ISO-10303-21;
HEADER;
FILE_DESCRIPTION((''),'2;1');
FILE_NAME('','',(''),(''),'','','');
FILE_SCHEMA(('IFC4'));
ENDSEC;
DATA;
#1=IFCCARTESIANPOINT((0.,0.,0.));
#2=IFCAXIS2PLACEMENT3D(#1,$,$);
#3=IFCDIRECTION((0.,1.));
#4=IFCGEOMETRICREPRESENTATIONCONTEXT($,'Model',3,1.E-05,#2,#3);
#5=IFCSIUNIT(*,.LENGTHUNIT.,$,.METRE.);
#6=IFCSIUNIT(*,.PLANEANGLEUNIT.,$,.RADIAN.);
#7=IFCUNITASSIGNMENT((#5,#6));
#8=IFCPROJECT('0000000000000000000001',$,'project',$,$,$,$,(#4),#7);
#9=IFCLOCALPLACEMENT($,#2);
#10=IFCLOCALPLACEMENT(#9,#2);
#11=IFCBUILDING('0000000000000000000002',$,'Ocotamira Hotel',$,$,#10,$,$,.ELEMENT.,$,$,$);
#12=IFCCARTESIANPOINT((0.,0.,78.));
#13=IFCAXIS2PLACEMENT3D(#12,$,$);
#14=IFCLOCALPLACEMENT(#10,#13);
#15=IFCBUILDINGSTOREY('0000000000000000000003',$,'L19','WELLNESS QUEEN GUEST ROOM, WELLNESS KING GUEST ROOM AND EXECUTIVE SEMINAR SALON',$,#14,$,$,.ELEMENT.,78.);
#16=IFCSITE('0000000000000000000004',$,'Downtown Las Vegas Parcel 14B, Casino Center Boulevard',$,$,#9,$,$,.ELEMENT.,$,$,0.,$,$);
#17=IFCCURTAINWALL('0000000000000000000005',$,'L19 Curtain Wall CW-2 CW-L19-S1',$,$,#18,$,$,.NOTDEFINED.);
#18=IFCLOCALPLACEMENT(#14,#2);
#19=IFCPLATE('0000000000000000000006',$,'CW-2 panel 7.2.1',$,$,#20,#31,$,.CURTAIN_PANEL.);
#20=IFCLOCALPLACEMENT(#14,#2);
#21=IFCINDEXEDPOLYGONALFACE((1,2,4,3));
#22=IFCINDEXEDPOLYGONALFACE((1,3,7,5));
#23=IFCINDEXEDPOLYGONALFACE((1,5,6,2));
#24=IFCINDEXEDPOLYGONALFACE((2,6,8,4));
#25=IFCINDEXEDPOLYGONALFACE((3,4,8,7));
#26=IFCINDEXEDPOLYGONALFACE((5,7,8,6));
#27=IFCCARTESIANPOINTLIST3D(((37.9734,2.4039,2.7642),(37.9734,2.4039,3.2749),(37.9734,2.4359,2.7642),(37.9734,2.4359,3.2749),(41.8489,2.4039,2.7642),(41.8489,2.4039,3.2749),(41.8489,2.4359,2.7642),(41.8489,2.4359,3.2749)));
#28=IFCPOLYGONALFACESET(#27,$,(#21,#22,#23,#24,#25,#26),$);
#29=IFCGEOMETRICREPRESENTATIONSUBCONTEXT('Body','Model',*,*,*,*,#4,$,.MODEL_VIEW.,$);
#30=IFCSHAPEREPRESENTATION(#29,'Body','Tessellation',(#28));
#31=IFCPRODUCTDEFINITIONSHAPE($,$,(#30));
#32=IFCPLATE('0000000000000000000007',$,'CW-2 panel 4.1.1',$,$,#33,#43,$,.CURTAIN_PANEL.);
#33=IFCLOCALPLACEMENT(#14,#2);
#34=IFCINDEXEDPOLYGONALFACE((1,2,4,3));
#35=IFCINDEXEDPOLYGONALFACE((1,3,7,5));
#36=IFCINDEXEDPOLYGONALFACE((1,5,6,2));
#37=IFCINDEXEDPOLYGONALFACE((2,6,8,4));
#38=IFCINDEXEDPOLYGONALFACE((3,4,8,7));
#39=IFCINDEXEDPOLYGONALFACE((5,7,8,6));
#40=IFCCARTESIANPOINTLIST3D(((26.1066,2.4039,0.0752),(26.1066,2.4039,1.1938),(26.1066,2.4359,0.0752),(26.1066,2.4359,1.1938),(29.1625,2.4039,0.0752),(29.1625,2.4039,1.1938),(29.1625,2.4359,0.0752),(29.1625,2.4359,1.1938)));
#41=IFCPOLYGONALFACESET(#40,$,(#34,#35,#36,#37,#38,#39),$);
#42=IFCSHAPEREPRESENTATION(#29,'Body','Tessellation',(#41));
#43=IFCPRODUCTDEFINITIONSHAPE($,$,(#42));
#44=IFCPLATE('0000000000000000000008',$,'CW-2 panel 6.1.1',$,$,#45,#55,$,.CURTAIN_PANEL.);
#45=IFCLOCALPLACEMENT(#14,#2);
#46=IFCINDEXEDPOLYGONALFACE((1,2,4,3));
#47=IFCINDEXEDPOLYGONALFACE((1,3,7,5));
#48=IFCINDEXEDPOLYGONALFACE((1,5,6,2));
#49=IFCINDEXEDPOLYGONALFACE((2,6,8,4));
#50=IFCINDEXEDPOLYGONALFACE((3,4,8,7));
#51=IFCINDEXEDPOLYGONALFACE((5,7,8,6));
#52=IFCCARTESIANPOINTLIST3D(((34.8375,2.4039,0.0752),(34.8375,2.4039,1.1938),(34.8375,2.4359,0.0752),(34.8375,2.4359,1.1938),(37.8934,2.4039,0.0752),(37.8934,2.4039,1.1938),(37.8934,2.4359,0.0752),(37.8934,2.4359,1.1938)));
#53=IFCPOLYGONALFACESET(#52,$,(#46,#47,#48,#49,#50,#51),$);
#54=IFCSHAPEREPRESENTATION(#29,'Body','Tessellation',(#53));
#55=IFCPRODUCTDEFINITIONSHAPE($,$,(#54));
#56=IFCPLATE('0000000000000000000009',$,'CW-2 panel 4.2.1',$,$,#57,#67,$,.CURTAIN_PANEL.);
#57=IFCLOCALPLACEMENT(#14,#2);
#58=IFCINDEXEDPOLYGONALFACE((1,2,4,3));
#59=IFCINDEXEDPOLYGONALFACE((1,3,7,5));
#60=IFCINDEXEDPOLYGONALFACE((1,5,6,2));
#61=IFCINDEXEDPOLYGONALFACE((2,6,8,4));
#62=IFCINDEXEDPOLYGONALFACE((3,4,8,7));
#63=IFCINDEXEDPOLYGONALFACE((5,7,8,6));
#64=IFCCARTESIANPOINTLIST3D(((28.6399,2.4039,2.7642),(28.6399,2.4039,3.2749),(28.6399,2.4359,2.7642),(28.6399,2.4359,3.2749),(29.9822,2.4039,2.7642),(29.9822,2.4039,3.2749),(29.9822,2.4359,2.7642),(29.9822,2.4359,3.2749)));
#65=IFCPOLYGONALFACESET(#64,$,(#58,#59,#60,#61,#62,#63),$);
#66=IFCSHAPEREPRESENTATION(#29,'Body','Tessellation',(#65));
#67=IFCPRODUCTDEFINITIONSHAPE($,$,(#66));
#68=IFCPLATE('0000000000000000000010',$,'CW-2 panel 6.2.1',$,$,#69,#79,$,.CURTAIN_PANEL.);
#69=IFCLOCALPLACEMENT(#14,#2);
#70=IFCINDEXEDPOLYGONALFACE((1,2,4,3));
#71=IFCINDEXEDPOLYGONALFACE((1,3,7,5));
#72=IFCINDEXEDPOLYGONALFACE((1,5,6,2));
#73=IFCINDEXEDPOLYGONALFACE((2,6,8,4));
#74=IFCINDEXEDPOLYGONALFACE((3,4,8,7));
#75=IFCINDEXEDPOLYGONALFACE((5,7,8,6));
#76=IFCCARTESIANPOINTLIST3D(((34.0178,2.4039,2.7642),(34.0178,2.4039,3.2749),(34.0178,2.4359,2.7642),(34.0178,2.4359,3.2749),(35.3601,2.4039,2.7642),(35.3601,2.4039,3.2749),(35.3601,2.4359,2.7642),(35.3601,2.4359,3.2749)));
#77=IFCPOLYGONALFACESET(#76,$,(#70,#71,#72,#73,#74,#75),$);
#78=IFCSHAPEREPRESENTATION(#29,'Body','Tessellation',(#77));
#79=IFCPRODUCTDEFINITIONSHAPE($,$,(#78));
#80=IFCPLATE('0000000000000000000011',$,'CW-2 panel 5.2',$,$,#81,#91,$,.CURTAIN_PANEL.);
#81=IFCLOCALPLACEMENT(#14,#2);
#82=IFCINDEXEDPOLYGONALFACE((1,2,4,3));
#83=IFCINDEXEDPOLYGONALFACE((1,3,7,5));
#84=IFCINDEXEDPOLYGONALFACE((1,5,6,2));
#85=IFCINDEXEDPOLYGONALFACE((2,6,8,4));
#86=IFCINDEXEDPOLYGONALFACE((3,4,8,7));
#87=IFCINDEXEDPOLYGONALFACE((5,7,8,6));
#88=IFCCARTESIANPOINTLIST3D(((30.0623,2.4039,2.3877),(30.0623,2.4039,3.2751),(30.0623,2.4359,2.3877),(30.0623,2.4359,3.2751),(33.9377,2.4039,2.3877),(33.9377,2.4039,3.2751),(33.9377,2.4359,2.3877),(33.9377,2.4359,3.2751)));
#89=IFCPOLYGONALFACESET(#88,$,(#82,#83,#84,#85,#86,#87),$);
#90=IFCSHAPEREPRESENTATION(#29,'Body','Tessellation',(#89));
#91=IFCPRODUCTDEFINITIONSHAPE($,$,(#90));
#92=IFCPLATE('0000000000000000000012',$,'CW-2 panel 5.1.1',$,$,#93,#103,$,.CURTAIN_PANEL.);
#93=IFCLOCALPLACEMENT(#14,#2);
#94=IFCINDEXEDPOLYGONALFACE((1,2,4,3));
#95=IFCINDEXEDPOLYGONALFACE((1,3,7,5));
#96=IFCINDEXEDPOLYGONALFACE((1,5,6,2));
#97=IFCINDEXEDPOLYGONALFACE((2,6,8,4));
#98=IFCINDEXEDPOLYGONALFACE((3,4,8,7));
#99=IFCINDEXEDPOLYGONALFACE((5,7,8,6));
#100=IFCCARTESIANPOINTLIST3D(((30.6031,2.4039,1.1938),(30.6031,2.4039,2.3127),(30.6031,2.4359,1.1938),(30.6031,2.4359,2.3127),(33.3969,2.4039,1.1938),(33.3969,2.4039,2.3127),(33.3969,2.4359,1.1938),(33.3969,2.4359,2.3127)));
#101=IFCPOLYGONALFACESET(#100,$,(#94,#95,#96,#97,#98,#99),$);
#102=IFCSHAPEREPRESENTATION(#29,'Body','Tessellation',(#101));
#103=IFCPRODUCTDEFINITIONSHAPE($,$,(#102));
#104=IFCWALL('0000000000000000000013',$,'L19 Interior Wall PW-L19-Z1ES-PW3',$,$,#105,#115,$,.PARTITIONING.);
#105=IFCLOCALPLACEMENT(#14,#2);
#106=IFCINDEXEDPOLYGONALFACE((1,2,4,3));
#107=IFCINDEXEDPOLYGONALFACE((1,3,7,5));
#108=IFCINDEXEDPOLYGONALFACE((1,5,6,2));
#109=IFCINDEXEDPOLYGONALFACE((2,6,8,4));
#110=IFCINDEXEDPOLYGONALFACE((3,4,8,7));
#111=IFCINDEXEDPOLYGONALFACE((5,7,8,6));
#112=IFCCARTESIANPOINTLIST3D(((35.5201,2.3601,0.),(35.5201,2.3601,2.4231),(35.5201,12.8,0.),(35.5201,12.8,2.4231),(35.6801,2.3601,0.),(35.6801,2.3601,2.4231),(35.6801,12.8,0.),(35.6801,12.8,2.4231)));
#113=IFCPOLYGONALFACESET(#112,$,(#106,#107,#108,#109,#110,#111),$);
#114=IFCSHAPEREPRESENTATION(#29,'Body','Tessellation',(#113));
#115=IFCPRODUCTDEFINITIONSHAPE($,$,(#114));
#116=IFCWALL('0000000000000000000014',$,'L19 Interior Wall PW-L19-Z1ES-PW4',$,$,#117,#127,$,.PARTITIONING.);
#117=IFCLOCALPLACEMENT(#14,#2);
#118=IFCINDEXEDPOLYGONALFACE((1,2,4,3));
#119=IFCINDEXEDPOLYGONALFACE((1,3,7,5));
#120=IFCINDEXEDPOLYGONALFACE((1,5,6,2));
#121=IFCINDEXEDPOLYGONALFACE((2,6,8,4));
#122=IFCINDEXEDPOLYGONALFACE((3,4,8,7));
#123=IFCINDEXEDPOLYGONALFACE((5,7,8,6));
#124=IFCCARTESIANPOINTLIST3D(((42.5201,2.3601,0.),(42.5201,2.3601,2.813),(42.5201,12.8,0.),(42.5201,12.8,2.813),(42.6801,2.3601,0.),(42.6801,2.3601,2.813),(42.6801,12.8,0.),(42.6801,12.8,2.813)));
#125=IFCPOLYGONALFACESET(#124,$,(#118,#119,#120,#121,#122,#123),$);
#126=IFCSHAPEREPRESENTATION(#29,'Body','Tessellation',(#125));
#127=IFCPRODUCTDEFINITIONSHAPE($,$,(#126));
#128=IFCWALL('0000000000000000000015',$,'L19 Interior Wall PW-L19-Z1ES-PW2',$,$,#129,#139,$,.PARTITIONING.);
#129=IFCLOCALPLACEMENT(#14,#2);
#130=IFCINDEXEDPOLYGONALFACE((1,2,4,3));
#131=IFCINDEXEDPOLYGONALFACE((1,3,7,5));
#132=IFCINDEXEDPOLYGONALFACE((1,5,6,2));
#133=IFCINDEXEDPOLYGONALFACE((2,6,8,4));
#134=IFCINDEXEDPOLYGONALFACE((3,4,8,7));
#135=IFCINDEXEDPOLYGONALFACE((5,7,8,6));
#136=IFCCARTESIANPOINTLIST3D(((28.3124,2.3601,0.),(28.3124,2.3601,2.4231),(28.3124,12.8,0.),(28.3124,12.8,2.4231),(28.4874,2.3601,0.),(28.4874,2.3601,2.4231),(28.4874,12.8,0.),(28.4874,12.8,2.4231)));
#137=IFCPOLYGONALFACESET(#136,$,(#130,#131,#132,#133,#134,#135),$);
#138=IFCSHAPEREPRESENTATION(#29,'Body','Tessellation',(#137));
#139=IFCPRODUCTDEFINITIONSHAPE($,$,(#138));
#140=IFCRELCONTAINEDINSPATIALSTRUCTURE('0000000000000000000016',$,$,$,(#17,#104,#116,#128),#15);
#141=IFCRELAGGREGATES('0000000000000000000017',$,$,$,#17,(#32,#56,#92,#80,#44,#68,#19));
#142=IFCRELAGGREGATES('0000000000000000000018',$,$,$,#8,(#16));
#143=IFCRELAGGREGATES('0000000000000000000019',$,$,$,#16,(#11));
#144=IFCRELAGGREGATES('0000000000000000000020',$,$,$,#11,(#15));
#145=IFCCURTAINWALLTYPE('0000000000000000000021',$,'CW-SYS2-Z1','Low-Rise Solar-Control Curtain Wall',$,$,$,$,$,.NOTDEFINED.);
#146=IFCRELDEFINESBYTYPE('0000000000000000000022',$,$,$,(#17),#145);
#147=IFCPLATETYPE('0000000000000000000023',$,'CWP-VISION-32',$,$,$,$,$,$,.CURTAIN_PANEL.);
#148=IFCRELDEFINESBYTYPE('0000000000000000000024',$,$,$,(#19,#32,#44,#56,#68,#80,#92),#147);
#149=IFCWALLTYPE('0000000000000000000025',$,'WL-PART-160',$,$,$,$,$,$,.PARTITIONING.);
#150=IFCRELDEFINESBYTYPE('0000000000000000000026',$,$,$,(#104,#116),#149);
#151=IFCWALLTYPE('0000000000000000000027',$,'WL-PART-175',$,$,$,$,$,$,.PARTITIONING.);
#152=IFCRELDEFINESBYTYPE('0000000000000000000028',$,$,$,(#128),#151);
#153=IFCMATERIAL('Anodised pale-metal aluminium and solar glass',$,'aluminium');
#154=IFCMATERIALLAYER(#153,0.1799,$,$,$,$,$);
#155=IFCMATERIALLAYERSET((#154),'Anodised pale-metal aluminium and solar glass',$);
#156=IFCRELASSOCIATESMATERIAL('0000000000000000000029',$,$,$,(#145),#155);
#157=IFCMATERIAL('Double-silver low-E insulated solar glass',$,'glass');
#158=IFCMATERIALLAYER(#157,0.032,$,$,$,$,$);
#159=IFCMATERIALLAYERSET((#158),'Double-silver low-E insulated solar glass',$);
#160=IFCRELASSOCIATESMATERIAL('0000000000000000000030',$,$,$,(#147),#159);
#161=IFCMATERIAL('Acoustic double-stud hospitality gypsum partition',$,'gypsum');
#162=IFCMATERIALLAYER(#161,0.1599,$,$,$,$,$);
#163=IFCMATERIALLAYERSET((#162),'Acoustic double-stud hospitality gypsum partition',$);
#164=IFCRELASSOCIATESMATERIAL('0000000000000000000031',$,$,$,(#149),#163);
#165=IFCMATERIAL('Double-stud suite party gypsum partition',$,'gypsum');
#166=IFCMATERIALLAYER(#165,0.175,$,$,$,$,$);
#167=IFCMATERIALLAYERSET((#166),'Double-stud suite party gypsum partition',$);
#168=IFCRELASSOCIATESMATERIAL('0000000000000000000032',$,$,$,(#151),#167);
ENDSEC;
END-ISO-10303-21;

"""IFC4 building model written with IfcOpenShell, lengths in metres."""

from ifc_helpers import new_model, si_unit, direction, frame, frame_2d, origin, origin_2d, place, context, subcontext, project, spatial, rectangle, extrude, source, transform, mapped, material, layer, layer_set, type_object, element, aggregate, save


model = new_model("IFC4")

# Units and contexts
model_context = context("Model", 3, precision=1e-05, world=origin(), true_north=direction((0.0, 1.0)))
body_context = subcontext(model_context, "Body", "Model", "MODEL_VIEW")
ifc_project = project(units=[si_unit("LENGTHUNIT", "METRE"), si_unit("PLANEANGLEUNIT", "RADIAN")], contexts=[model_context])

# Site, building, storey
site_placement = place(None, origin())
site = spatial("IfcSite", under=ifc_project, at=site_placement, Name="Downtown Las Vegas Parcel 14B, Casino Center Boulevard", CompositionType="ELEMENT", RefElevation=0.0)
building_placement = place(site_placement, origin())
building = spatial("IfcBuilding", under=site, at=building_placement, Name="Ocotamira Hotel", CompositionType="ELEMENT")
storey_placement = place(building_placement, frame((0.0, 0.0, 78.0)))
storey = spatial("IfcBuildingStorey", under=building, at=storey_placement, Name="L19", Description="WELLNESS QUEEN GUEST ROOM, WELLNESS KING GUEST ROOM AND EXECUTIVE SEMINAR SALON", CompositionType="ELEMENT", Elevation=78.0)

# Curtain wall
ifc_material_1 = material(Name="Anodised pale-metal aluminium and solar glass", Category="aluminium")
ifc_layer_1 = layer(ifc_material_1, 0.1799)
ifc_layer_set_1 = layer_set([ifc_layer_1], Name="Anodised pale-metal aluminium and solar glass")
curtain_wall_type = type_object("IfcCurtainWallType", Name="CW-SYS2-Z1", Description="Low-Rise Solar-Control Curtain Wall", PredefinedType="NOTDEFINED", material=ifc_layer_set_1)
curtain_wall_placement = place(storey_placement, origin())
curtain_wall = element("IfcCurtainWall", 1, at=curtain_wall_placement, inside=storey, type_object=curtain_wall_type, Name="L19 Curtain Wall CW-2 CW-L19-S1", PredefinedType="NOTDEFINED")

# Plates
ifc_material_2 = material(Name="Double-silver low-E insulated solar glass", Category="glass")
ifc_layer_2 = layer(ifc_material_2, 0.032)
ifc_layer_set_2 = layer_set([ifc_layer_2], Name="Double-silver low-E insulated solar glass")
plate_type_1 = type_object("IfcPlateType", Name="CWP-VISION-32", PredefinedType="CURTAIN_PANEL", material=ifc_layer_set_2)
shared_shape_1 = source(origin(), body_context, "Body", "SweptSolid", [
    extrude(rectangle(XDim=3.8755, YDim=0.032, at=origin_2d()), origin(), (0.0, 0.0, 1.0), 0.5107),
])
plate_1_placement = place(storey_placement, frame((39.9111, 2.4199, 2.7642), z_axis=(0.0, 0.0, 1.0), x_axis=(1.0, 0.0, 0.0)))
plate_1 = element("IfcPlate", 2, at=plate_1_placement, type_object=plate_type_1, Name="CW-2 panel 7.2.1", PredefinedType="CURTAIN_PANEL", context=body_context, shape_type="MappedRepresentation", body=[
    mapped(shared_shape_1, transform((0.0, 0.0, 0.0), scale=1.0)),
])
shared_shape_2 = source(origin(), body_context, "Body", "SweptSolid", [
    extrude(rectangle(XDim=3.0559, YDim=0.032, at=origin_2d()), origin(), (0.0, 0.0, 1.0), 1.1187),
])
plate_2_placement = place(storey_placement, frame((27.6345, 2.4199, 0.0752), z_axis=(0.0, 0.0, 1.0), x_axis=(1.0, 0.0, 0.0)))
plate_2 = element("IfcPlate", 3, at=plate_2_placement, type_object=plate_type_1, Name="CW-2 panel 4.1.1", PredefinedType="CURTAIN_PANEL", context=body_context, shape_type="MappedRepresentation", body=[
    mapped(shared_shape_2, transform((0.0, 0.0, 0.0), scale=1.0)),
])
plate_3_placement = place(storey_placement, frame((36.3655, 2.4199, 0.0752), z_axis=(0.0, 0.0, 1.0), x_axis=(1.0, 0.0, 0.0)))
plate_3 = element("IfcPlate", 4, at=plate_3_placement, type_object=plate_type_1, Name="CW-2 panel 6.1.1", PredefinedType="CURTAIN_PANEL", context=body_context, shape_type="MappedRepresentation", body=[
    mapped(shared_shape_2, transform((0.0, 0.0, 0.0), scale=1.0)),
])
shared_shape_3 = source(origin(), body_context, "Body", "SweptSolid", [
    extrude(rectangle(XDim=1.3423, YDim=0.032, at=origin_2d()), origin(), (0.0, 0.0, 1.0), 0.5107),
])
plate_4_placement = place(storey_placement, frame((29.311, 2.4199, 2.7642), z_axis=(0.0, 0.0, 1.0), x_axis=(1.0, 0.0, 0.0)))
plate_4 = element("IfcPlate", 5, at=plate_4_placement, type_object=plate_type_1, Name="CW-2 panel 4.2.1", PredefinedType="CURTAIN_PANEL", context=body_context, shape_type="MappedRepresentation", body=[
    mapped(shared_shape_3, transform((0.0, 0.0, 0.0), scale=1.0)),
])
plate_5_placement = place(storey_placement, frame((34.689, 2.4199, 2.7642), z_axis=(0.0, 0.0, 1.0), x_axis=(1.0, 0.0, 0.0)))
plate_5 = element("IfcPlate", 6, at=plate_5_placement, type_object=plate_type_1, Name="CW-2 panel 6.2.1", PredefinedType="CURTAIN_PANEL", context=body_context, shape_type="MappedRepresentation", body=[
    mapped(shared_shape_3, transform((0.0, 0.0, 0.0), scale=1.0)),
])
shared_shape_4 = source(origin(), body_context, "Body", "SweptSolid", [
    extrude(rectangle(XDim=3.8755, YDim=0.032, at=origin_2d()), origin(), (0.0, 0.0, 1.0), 0.8875),
])
plate_6_placement = place(storey_placement, frame((32.0, 2.4199, 2.3877), z_axis=(0.0, 0.0, 1.0), x_axis=(1.0, 0.0, 0.0)))
plate_6 = element("IfcPlate", 7, at=plate_6_placement, type_object=plate_type_1, Name="CW-2 panel 5.2", PredefinedType="CURTAIN_PANEL", context=body_context, shape_type="MappedRepresentation", body=[
    mapped(shared_shape_4, transform((0.0, 0.0, 0.0), scale=1.0)),
])
shared_shape_5 = source(origin(), body_context, "Body", "SweptSolid", [
    extrude(rectangle(XDim=2.7937, YDim=0.032, at=origin_2d()), origin(), (0.0, 0.0, 1.0), 1.1189),
])
plate_7_placement = place(storey_placement, frame((32.0, 2.4199, 1.1938), z_axis=(0.0, 0.0, 1.0), x_axis=(1.0, 0.0, 0.0)))
plate_7 = element("IfcPlate", 8, at=plate_7_placement, type_object=plate_type_1, Name="CW-2 panel 5.1.1", PredefinedType="CURTAIN_PANEL", context=body_context, shape_type="MappedRepresentation", body=[
    mapped(shared_shape_5, transform((0.0, 0.0, 0.0), scale=1.0)),
])
aggregate(curtain_wall, [plate_2, plate_4, plate_7, plate_6, plate_3, plate_5, plate_1])

# Walls
ifc_material_3 = material(Name="Acoustic double-stud hospitality gypsum partition", Category="gypsum")
ifc_layer_3 = layer(ifc_material_3, 0.1599)
ifc_layer_set_3 = layer_set([ifc_layer_3], Name="Acoustic double-stud hospitality gypsum partition")
wall_type_1 = type_object("IfcWallType", Name="WL-PART-160", PredefinedType="PARTITIONING", material=ifc_layer_set_3)
wall_1_placement = place(storey_placement, frame((35.6001, 2.3601, 0.0), z_axis=(0.0, 0.0, 1.0), x_axis=(0.0, 1.0, 0.0)))
element("IfcWall", 9, at=wall_1_placement, inside=storey, type_object=wall_type_1, Name="L19 Interior Wall PW-L19-Z1ES-PW3", PredefinedType="PARTITIONING", context=body_context, shape_type="SweptSolid", body=[
    extrude(rectangle(XDim=10.4399, YDim=0.1599, at=frame_2d((5.22, 0.0))), origin(), (0.0, 0.0, 1.0), 2.4231),
])
wall_2_placement = place(storey_placement, frame((42.6001, 2.3601, 0.0), z_axis=(0.0, 0.0, 1.0), x_axis=(0.0, 1.0, 0.0)))
element("IfcWall", 10, at=wall_2_placement, inside=storey, type_object=wall_type_1, Name="L19 Interior Wall PW-L19-Z1ES-PW4", PredefinedType="PARTITIONING", context=body_context, shape_type="SweptSolid", body=[
    extrude(rectangle(XDim=10.4399, YDim=0.1599, at=frame_2d((5.22, 0.0))), origin(), (0.0, 0.0, 1.0), 2.813),
])
ifc_material_4 = material(Name="Double-stud suite party gypsum partition", Category="gypsum")
ifc_layer_4 = layer(ifc_material_4, 0.175)
ifc_layer_set_4 = layer_set([ifc_layer_4], Name="Double-stud suite party gypsum partition")
wall_type_2 = type_object("IfcWallType", Name="WL-PART-175", PredefinedType="PARTITIONING", material=ifc_layer_set_4)
wall_3_placement = place(storey_placement, frame((28.3999, 2.3601, 0.0), z_axis=(0.0, 0.0, 1.0), x_axis=(0.0, 1.0, 0.0)))
element("IfcWall", 11, at=wall_3_placement, inside=storey, type_object=wall_type_2, Name="L19 Interior Wall PW-L19-Z1ES-PW2", PredefinedType="PARTITIONING", context=body_context, shape_type="SweptSolid", body=[
    extrude(rectangle(XDim=10.4399, YDim=0.175, at=frame_2d((5.22, 0.0))), origin(), (0.0, 0.0, 1.0), 2.4231),
])

save(model, "model.ifc")
